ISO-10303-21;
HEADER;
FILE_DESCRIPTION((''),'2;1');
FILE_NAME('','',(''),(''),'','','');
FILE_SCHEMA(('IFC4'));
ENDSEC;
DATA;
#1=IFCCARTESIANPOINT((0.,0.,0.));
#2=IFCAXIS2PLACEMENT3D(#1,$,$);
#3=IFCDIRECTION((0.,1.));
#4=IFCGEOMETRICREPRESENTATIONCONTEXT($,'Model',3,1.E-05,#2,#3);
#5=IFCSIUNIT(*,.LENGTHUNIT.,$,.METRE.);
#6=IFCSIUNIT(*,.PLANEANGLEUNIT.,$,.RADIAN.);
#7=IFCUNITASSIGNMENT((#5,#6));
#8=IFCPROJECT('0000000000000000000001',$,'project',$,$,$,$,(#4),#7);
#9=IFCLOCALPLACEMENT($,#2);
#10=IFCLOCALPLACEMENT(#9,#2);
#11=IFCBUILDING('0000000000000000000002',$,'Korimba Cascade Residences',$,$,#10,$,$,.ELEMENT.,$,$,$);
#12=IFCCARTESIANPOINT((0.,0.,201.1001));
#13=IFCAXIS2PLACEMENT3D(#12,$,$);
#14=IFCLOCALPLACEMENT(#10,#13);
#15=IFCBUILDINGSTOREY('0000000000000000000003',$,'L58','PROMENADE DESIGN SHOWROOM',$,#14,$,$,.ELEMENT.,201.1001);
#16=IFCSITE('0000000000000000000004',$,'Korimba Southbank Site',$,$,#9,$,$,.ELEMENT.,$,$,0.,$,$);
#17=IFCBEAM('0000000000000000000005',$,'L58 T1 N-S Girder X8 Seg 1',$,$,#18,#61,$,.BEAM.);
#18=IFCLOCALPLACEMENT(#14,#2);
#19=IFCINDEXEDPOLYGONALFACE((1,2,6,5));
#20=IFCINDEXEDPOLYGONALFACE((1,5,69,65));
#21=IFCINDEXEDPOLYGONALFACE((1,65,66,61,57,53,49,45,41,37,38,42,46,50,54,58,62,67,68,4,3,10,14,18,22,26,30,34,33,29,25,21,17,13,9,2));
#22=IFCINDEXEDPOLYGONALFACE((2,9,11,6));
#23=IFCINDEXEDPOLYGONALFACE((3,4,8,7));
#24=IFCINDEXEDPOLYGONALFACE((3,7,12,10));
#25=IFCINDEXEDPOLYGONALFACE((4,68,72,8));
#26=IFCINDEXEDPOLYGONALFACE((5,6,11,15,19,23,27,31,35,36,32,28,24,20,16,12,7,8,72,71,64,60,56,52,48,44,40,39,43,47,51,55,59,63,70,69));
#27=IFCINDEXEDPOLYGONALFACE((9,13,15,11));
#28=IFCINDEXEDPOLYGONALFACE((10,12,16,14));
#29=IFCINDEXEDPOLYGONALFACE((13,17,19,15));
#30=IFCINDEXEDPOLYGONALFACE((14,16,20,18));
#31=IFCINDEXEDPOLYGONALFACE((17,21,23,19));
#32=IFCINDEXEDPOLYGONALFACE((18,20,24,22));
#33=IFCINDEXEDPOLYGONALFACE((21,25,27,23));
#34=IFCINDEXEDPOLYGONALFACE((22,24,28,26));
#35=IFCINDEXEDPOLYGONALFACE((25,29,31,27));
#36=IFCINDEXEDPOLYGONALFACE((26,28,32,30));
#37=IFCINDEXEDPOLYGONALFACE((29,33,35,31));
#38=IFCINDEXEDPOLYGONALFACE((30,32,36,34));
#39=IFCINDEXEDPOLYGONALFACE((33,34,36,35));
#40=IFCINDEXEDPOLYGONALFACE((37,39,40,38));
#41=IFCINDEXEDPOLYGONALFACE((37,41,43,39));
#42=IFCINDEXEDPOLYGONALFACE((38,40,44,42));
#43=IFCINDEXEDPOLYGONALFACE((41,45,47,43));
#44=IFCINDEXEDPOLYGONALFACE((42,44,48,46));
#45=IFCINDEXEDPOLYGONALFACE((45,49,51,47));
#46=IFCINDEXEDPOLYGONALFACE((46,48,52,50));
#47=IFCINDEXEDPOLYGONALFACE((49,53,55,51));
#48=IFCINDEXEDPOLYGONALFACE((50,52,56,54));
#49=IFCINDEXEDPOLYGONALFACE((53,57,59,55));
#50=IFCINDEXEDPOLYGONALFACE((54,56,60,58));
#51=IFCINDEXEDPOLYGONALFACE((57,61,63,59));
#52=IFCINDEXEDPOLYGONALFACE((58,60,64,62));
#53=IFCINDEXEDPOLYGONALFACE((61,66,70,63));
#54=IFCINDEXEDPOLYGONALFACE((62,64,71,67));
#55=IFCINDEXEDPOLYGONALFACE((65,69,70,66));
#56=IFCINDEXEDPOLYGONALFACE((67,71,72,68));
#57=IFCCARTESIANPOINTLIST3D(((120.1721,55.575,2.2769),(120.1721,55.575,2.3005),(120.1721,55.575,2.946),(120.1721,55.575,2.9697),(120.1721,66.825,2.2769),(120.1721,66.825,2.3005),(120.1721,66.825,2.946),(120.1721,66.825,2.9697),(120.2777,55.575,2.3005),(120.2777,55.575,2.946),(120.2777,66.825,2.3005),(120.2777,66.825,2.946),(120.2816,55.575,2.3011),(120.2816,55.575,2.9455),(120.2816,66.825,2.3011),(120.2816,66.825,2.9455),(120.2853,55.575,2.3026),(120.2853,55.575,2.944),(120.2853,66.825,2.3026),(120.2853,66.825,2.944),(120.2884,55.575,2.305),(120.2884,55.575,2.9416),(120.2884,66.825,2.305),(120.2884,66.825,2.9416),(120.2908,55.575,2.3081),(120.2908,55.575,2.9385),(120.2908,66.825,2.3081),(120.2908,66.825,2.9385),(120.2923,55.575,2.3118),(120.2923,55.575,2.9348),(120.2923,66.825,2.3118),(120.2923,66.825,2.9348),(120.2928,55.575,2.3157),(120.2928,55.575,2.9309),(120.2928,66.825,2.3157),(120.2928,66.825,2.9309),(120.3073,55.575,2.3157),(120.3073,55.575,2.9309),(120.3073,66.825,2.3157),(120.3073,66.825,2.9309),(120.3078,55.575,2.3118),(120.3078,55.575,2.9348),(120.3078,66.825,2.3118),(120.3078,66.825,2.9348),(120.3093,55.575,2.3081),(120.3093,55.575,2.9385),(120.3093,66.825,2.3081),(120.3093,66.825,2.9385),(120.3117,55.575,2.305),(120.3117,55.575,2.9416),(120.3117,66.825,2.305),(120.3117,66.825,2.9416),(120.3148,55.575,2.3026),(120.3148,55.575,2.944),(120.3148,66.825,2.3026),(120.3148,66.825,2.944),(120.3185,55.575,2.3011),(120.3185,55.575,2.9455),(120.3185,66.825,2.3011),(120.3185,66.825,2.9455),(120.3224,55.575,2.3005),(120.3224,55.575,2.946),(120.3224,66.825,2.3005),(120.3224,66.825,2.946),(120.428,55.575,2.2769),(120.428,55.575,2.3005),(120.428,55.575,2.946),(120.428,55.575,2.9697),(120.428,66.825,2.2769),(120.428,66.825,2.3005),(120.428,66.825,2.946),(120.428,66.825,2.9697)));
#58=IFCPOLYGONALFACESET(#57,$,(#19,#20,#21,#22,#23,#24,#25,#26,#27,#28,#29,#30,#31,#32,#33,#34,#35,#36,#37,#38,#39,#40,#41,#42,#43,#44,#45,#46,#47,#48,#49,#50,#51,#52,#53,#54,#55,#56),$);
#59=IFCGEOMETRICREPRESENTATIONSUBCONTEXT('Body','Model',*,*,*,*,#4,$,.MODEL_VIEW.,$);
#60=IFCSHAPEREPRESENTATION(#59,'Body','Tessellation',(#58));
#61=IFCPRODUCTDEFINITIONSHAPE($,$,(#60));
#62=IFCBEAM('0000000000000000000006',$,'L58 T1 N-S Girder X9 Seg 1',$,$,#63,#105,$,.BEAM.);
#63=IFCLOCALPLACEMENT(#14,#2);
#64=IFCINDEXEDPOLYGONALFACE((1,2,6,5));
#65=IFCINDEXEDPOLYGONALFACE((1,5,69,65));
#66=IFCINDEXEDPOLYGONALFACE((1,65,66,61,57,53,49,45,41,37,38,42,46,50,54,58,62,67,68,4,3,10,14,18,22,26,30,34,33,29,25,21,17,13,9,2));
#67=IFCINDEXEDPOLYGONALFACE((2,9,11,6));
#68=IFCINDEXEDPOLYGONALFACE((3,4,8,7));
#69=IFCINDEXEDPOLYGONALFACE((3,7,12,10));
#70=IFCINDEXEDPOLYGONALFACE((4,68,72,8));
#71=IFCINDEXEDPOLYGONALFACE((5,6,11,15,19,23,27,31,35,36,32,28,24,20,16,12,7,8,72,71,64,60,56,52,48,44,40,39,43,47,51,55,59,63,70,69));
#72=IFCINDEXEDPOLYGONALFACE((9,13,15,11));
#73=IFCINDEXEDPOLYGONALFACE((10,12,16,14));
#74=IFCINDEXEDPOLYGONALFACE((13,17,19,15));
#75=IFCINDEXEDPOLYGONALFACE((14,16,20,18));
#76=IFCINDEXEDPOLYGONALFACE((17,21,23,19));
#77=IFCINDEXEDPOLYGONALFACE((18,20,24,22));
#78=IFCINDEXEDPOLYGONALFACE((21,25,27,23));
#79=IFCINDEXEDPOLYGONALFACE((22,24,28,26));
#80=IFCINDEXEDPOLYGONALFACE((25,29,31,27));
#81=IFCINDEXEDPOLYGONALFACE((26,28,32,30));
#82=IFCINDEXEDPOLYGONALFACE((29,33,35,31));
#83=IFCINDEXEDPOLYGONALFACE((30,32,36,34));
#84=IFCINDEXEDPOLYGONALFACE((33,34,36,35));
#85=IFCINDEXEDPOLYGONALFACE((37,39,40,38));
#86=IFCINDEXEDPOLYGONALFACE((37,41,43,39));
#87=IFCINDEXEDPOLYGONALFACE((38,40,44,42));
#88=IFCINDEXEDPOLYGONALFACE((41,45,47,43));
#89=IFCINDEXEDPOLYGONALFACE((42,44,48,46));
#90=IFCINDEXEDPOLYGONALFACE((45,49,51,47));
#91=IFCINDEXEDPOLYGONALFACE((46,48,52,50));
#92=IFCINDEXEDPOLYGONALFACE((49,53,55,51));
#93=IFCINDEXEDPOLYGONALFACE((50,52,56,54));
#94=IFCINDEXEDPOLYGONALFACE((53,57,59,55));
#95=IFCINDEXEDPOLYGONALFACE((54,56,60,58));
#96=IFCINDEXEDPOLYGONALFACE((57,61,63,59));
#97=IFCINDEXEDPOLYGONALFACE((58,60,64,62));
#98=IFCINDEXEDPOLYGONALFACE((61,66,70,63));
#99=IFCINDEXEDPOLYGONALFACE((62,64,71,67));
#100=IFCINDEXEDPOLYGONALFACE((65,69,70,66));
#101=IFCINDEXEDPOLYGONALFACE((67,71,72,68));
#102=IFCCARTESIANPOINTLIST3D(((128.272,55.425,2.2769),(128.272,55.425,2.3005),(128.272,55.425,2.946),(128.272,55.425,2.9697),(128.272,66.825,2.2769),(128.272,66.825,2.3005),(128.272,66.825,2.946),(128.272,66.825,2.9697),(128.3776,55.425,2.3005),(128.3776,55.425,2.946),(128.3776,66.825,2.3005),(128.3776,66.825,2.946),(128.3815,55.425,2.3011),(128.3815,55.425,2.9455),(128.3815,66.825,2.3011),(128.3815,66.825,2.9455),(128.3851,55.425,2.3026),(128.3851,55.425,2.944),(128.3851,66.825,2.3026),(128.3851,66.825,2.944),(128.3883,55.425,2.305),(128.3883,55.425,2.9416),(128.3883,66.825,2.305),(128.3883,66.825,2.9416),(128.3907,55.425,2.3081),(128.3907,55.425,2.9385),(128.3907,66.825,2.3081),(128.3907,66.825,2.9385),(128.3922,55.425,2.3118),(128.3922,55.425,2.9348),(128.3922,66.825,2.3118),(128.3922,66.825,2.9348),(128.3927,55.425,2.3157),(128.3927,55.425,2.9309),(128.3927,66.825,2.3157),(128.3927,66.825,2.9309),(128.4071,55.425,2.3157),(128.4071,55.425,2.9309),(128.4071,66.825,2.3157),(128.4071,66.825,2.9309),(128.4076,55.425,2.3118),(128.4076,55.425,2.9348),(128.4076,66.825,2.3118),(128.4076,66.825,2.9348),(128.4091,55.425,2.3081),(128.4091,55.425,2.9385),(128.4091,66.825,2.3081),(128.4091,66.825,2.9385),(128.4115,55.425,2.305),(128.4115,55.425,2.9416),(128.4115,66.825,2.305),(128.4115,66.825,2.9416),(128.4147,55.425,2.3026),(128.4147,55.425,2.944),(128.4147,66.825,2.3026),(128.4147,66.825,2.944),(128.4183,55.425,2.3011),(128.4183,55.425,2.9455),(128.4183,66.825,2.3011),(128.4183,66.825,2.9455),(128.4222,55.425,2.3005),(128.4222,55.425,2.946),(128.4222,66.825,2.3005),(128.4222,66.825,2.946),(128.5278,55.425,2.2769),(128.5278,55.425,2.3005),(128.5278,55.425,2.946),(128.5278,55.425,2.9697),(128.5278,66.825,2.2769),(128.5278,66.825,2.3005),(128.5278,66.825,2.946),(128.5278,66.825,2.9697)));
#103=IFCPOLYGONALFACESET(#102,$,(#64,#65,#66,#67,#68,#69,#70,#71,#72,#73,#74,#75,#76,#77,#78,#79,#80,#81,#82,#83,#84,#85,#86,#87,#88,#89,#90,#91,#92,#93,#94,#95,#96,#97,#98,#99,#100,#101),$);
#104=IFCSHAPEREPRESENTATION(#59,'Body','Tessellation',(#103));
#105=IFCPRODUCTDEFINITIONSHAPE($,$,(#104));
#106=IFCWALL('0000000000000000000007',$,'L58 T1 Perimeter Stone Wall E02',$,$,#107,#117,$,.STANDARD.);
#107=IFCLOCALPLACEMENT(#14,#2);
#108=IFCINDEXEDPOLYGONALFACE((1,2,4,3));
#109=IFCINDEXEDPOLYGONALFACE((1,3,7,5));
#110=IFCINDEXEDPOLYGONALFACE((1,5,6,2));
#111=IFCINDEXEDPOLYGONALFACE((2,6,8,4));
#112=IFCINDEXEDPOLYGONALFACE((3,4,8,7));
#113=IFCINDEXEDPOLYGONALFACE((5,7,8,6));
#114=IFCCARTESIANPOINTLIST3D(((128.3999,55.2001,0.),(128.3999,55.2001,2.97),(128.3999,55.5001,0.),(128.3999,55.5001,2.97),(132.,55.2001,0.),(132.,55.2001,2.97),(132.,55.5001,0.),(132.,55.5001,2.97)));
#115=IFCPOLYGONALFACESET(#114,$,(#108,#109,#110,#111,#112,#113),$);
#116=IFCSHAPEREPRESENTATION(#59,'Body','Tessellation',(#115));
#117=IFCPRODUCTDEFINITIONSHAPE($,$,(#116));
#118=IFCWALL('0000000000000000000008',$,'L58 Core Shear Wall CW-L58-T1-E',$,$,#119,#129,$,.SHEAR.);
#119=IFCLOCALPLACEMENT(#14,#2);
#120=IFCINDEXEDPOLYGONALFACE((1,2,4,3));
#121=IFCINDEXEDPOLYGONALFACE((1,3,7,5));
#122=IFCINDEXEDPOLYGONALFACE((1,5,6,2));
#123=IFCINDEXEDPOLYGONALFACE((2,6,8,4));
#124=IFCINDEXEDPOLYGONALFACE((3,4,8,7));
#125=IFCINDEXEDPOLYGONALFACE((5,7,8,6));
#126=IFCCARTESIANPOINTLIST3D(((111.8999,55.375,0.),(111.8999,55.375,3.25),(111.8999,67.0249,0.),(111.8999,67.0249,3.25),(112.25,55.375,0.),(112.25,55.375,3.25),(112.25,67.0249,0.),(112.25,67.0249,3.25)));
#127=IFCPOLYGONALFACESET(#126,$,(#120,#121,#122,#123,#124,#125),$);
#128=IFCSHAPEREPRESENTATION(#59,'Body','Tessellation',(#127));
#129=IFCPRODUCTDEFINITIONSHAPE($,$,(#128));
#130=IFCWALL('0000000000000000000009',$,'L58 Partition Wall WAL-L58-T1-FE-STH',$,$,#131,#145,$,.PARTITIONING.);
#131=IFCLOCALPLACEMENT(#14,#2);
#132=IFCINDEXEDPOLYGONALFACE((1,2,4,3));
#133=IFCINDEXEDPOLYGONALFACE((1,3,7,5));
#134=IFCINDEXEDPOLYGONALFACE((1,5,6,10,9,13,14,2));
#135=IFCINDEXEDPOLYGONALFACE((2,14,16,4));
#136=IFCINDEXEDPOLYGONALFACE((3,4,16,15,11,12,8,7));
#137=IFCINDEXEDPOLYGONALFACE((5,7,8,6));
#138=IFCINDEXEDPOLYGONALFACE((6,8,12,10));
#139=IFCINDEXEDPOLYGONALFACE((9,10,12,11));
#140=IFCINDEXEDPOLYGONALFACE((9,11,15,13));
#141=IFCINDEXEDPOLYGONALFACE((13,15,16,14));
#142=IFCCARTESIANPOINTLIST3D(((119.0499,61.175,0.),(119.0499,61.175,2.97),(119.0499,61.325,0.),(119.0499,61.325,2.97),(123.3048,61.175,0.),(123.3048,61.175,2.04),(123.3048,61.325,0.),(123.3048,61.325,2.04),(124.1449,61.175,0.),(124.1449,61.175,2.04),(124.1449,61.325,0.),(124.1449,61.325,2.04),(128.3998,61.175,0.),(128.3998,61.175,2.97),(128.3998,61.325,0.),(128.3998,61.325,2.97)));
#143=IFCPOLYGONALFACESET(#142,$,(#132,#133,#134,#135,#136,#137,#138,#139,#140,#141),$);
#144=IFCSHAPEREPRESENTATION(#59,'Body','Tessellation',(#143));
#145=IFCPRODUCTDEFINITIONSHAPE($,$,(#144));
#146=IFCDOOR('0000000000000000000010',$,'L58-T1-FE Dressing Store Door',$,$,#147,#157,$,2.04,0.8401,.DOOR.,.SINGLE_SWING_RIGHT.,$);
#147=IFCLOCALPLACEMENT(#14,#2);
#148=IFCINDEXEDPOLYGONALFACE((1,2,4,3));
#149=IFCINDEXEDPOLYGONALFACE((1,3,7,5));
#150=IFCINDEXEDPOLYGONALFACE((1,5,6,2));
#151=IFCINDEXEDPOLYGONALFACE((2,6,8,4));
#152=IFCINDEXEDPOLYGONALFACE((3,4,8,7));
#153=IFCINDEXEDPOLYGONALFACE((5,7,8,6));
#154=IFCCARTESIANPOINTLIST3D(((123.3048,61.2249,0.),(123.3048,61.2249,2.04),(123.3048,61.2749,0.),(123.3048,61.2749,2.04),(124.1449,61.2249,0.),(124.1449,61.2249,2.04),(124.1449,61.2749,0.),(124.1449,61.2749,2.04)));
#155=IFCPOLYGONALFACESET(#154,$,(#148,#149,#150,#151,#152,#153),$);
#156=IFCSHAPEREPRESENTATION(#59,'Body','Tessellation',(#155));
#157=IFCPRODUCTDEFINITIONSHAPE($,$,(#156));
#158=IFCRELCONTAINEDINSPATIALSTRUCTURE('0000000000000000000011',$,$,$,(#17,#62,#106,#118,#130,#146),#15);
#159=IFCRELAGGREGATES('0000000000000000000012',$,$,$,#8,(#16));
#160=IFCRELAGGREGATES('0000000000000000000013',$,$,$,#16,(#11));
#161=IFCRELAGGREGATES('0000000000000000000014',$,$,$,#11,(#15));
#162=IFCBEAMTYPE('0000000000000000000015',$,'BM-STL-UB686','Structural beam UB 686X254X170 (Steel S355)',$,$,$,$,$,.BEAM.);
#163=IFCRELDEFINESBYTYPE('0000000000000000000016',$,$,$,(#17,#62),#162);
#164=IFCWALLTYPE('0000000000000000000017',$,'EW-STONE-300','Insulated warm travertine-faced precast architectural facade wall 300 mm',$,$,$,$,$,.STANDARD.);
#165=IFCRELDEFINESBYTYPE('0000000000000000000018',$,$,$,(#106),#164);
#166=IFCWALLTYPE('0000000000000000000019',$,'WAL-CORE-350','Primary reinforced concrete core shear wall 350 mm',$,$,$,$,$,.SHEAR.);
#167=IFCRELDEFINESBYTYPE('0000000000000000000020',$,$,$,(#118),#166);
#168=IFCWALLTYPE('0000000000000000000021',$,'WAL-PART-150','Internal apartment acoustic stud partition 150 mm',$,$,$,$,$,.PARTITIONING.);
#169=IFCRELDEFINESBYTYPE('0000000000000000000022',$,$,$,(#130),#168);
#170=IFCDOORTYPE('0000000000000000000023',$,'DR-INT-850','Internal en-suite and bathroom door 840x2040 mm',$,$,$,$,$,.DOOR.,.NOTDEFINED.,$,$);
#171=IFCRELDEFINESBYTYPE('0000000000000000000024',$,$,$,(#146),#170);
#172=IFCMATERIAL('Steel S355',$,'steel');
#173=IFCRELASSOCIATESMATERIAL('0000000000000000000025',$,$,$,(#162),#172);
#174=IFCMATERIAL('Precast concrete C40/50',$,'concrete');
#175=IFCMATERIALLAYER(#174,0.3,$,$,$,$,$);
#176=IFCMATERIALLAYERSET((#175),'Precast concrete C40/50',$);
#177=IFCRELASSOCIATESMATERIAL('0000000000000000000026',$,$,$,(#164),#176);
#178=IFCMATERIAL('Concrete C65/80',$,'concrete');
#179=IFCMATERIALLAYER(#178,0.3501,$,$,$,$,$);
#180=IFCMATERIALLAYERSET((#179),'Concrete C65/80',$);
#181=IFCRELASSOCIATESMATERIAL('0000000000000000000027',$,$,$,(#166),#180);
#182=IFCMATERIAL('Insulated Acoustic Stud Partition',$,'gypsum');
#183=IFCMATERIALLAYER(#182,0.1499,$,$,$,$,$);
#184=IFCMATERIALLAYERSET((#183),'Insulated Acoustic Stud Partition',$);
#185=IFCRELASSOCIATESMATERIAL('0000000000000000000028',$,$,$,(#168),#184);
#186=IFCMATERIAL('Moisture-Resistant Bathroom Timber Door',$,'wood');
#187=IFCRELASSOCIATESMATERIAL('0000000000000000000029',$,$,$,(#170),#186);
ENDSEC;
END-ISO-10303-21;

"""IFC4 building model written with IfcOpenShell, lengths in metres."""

from ifc_helpers import new_model, si_unit, direction, frame, frame_2d, origin, origin_2d, place, context, subcontext, project, spatial, rectangle, i_section, extrude, material, layer, layer_set, material_profile, profile_set, type_object, element, fill, save


model = new_model("IFC4")

# Units and contexts
model_context = context("Model", 3, precision=1e-05, world=origin(), true_north=direction((0.0, 1.0)))
body_context = subcontext(model_context, "Body", "Model", "MODEL_VIEW")
ifc_project = project(units=[si_unit("LENGTHUNIT", "METRE"), si_unit("PLANEANGLEUNIT", "RADIAN")], contexts=[model_context])

# Site, building, storey
site_placement = place(None, origin())
site = spatial("IfcSite", under=ifc_project, at=site_placement, Name="Korimba Southbank Site", CompositionType="ELEMENT", RefElevation=0.0)
building_placement = place(site_placement, origin())
building = spatial("IfcBuilding", under=site, at=building_placement, Name="Korimba Cascade Residences", CompositionType="ELEMENT")
storey_placement = place(building_placement, frame((0.0, 0.0, 201.1001)))
storey = spatial("IfcBuildingStorey", under=building, at=storey_placement, Name="L58", Description="PROMENADE DESIGN SHOWROOM", CompositionType="ELEMENT", Elevation=201.1001)

# Beams
ifc_material_1 = material(Name="Steel S355", Category="steel")
ifc_material_profile = material_profile(ifc_material_1, i_section(OverallWidth=0.2559, OverallDepth=0.6929, WebThickness=0.0144, FlangeThickness=0.0237, FilletRadius=0.0151, at=origin_2d()), Name="Steel S355")
ifc_profile_set = profile_set([ifc_material_profile], Name="Steel S355")
beam_type = type_object("IfcBeamType", Name="BM-STL-UB686", Description="Structural beam UB 686X254X170 (Steel S355)", PredefinedType="BEAM", material=ifc_profile_set)
beam_1_placement = place(storey_placement, frame((120.3, 55.575, 2.6233), z_axis=(0.0, 1.0, 0.0), x_axis=(-1.0, 0.0, 0.0)))
element("IfcBeam", 1, at=beam_1_placement, inside=storey, type_object=beam_type, Name="L58 T1 N-S Girder X8 Seg 1", PredefinedType="BEAM", context=body_context, shape_type="SweptSolid", body=[
    extrude(i_section(OverallWidth=0.2559, OverallDepth=0.6929, WebThickness=0.0144, FlangeThickness=0.0237, FilletRadius=0.0151, at=origin_2d()), origin(), (0.0, 0.0, 1.0), 11.25),
])
beam_2_placement = place(storey_placement, frame((128.3999, 55.425, 2.6233), z_axis=(0.0, 1.0, 0.0), x_axis=(-1.0, 0.0, 0.0)))
element("IfcBeam", 2, at=beam_2_placement, inside=storey, type_object=beam_type, Name="L58 T1 N-S Girder X9 Seg 1", PredefinedType="BEAM", context=body_context, shape_type="SweptSolid", body=[
    extrude(i_section(OverallWidth=0.2559, OverallDepth=0.6929, WebThickness=0.0144, FlangeThickness=0.0237, FilletRadius=0.0151, at=origin_2d()), origin(), (0.0, 0.0, 1.0), 11.3999),
])

# Walls
ifc_material_2 = material(Name="Precast concrete C40/50", Category="concrete")
ifc_layer_1 = layer(ifc_material_2, 0.3)
ifc_layer_set_1 = layer_set([ifc_layer_1], Name="Precast concrete C40/50")
wall_type_1 = type_object("IfcWallType", Name="EW-STONE-300", Description="Insulated warm travertine-faced precast architectural facade wall 300 mm", PredefinedType="STANDARD", material=ifc_layer_set_1)
wall_1_placement = place(storey_placement, frame((128.3999, 55.3501, 0.0), z_axis=(0.0, 0.0, 1.0), x_axis=(1.0, 0.0, 0.0)))
element("IfcWall", 3, at=wall_1_placement, inside=storey, type_object=wall_type_1, Name="L58 T1 Perimeter Stone Wall E02", PredefinedType="STANDARD", context=body_context, shape_type="SweptSolid", body=[
    extrude(rectangle(XDim=3.6001, YDim=0.3, at=frame_2d((1.8, 0.0))), origin(), (0.0, 0.0, 1.0), 2.97),
])
ifc_material_3 = material(Name="Concrete C65/80", Category="concrete")
ifc_layer_2 = layer(ifc_material_3, 0.3501)
ifc_layer_set_2 = layer_set([ifc_layer_2], Name="Concrete C65/80")
wall_type_2 = type_object("IfcWallType", Name="WAL-CORE-350", Description="Primary reinforced concrete core shear wall 350 mm", PredefinedType="SHEAR", material=ifc_layer_set_2)
wall_2_placement = place(storey_placement, frame((112.075, 55.375, 0.0), z_axis=(0.0, 0.0, 1.0), x_axis=(0.0, 1.0, 0.0)))
element("IfcWall", 4, at=wall_2_placement, inside=storey, type_object=wall_type_2, Name="L58 Core Shear Wall CW-L58-T1-E", PredefinedType="SHEAR", context=body_context, shape_type="SweptSolid", body=[
    extrude(rectangle(XDim=11.6499, YDim=0.3501, at=frame_2d((5.825, 0.0))), origin(), (0.0, 0.0, 1.0), 3.25),
])

# Wall, opening, door
ifc_material_4 = material(Name="Insulated Acoustic Stud Partition", Category="gypsum")
ifc_layer_3 = layer(ifc_material_4, 0.1499)
ifc_layer_set_3 = layer_set([ifc_layer_3], Name="Insulated Acoustic Stud Partition")
wall_type_3 = type_object("IfcWallType", Name="WAL-PART-150", Description="Internal apartment acoustic stud partition 150 mm", PredefinedType="PARTITIONING", material=ifc_layer_set_3)
wall_3_placement = place(storey_placement, frame((119.05, 61.25, 0.0), z_axis=(0.0, 0.0, 1.0), x_axis=(1.0, 0.0, 0.0)))
wall_3 = element("IfcWall", 5, at=wall_3_placement, inside=storey, type_object=wall_type_3, Name="L58 Partition Wall WAL-L58-T1-FE-STH", PredefinedType="PARTITIONING", context=body_context, shape_type="SweptSolid", body=[
    extrude(rectangle(XDim=9.3499, YDim=0.1499, at=frame_2d((4.6748, 0.0))), origin(), (0.0, 0.0, 1.0), 2.97),
])
opening_1_placement = place(wall_3_placement, frame((4.2549, 0.0, 0.0)))
opening_1 = element("IfcOpeningElement", 6, at=opening_1_placement, cuts=wall_3, PredefinedType="OPENING", context=body_context, shape_type="SweptSolid", body=[
    extrude(rectangle(XDim=0.8401, YDim=2.04, at=frame_2d((0.4199, 1.02))), frame((0.0, 0.085, 0.0), z_axis=(0.0, -1.0, 0.0), x_axis=(1.0, 0.0, 0.0)), (0.0, 0.0, 1.0), 0.1699),
])
ifc_material_5 = material(Name="Moisture-Resistant Bathroom Timber Door", Category="wood")
door_type_1 = type_object("IfcDoorType", Name="DR-INT-850", Description="Internal en-suite and bathroom door 840x2040 mm", OperationType="NOTDEFINED", PredefinedType="DOOR", material=ifc_material_5)
door_1_placement = place(opening_1_placement, origin())
door_1 = element("IfcDoor", 7, at=door_1_placement, inside=storey, type_object=door_type_1, Name="L58-T1-FE Dressing Store Door", OperationType="SINGLE_SWING_RIGHT", OverallHeight=2.04, OverallWidth=0.8401, PredefinedType="DOOR", context=body_context, shape_type="SweptSolid", body=[
    extrude(rectangle(XDim=0.8401, YDim=2.04, at=frame_2d((0.4199, 1.02))), frame((0.0, 0.0249, 0.0), z_axis=(0.0, -1.0, 0.0), x_axis=(1.0, 0.0, 0.0)), (0.0, 0.0, 1.0), 0.05),
])
fill(opening_1, door_1)

save(model, "model.ifc")
